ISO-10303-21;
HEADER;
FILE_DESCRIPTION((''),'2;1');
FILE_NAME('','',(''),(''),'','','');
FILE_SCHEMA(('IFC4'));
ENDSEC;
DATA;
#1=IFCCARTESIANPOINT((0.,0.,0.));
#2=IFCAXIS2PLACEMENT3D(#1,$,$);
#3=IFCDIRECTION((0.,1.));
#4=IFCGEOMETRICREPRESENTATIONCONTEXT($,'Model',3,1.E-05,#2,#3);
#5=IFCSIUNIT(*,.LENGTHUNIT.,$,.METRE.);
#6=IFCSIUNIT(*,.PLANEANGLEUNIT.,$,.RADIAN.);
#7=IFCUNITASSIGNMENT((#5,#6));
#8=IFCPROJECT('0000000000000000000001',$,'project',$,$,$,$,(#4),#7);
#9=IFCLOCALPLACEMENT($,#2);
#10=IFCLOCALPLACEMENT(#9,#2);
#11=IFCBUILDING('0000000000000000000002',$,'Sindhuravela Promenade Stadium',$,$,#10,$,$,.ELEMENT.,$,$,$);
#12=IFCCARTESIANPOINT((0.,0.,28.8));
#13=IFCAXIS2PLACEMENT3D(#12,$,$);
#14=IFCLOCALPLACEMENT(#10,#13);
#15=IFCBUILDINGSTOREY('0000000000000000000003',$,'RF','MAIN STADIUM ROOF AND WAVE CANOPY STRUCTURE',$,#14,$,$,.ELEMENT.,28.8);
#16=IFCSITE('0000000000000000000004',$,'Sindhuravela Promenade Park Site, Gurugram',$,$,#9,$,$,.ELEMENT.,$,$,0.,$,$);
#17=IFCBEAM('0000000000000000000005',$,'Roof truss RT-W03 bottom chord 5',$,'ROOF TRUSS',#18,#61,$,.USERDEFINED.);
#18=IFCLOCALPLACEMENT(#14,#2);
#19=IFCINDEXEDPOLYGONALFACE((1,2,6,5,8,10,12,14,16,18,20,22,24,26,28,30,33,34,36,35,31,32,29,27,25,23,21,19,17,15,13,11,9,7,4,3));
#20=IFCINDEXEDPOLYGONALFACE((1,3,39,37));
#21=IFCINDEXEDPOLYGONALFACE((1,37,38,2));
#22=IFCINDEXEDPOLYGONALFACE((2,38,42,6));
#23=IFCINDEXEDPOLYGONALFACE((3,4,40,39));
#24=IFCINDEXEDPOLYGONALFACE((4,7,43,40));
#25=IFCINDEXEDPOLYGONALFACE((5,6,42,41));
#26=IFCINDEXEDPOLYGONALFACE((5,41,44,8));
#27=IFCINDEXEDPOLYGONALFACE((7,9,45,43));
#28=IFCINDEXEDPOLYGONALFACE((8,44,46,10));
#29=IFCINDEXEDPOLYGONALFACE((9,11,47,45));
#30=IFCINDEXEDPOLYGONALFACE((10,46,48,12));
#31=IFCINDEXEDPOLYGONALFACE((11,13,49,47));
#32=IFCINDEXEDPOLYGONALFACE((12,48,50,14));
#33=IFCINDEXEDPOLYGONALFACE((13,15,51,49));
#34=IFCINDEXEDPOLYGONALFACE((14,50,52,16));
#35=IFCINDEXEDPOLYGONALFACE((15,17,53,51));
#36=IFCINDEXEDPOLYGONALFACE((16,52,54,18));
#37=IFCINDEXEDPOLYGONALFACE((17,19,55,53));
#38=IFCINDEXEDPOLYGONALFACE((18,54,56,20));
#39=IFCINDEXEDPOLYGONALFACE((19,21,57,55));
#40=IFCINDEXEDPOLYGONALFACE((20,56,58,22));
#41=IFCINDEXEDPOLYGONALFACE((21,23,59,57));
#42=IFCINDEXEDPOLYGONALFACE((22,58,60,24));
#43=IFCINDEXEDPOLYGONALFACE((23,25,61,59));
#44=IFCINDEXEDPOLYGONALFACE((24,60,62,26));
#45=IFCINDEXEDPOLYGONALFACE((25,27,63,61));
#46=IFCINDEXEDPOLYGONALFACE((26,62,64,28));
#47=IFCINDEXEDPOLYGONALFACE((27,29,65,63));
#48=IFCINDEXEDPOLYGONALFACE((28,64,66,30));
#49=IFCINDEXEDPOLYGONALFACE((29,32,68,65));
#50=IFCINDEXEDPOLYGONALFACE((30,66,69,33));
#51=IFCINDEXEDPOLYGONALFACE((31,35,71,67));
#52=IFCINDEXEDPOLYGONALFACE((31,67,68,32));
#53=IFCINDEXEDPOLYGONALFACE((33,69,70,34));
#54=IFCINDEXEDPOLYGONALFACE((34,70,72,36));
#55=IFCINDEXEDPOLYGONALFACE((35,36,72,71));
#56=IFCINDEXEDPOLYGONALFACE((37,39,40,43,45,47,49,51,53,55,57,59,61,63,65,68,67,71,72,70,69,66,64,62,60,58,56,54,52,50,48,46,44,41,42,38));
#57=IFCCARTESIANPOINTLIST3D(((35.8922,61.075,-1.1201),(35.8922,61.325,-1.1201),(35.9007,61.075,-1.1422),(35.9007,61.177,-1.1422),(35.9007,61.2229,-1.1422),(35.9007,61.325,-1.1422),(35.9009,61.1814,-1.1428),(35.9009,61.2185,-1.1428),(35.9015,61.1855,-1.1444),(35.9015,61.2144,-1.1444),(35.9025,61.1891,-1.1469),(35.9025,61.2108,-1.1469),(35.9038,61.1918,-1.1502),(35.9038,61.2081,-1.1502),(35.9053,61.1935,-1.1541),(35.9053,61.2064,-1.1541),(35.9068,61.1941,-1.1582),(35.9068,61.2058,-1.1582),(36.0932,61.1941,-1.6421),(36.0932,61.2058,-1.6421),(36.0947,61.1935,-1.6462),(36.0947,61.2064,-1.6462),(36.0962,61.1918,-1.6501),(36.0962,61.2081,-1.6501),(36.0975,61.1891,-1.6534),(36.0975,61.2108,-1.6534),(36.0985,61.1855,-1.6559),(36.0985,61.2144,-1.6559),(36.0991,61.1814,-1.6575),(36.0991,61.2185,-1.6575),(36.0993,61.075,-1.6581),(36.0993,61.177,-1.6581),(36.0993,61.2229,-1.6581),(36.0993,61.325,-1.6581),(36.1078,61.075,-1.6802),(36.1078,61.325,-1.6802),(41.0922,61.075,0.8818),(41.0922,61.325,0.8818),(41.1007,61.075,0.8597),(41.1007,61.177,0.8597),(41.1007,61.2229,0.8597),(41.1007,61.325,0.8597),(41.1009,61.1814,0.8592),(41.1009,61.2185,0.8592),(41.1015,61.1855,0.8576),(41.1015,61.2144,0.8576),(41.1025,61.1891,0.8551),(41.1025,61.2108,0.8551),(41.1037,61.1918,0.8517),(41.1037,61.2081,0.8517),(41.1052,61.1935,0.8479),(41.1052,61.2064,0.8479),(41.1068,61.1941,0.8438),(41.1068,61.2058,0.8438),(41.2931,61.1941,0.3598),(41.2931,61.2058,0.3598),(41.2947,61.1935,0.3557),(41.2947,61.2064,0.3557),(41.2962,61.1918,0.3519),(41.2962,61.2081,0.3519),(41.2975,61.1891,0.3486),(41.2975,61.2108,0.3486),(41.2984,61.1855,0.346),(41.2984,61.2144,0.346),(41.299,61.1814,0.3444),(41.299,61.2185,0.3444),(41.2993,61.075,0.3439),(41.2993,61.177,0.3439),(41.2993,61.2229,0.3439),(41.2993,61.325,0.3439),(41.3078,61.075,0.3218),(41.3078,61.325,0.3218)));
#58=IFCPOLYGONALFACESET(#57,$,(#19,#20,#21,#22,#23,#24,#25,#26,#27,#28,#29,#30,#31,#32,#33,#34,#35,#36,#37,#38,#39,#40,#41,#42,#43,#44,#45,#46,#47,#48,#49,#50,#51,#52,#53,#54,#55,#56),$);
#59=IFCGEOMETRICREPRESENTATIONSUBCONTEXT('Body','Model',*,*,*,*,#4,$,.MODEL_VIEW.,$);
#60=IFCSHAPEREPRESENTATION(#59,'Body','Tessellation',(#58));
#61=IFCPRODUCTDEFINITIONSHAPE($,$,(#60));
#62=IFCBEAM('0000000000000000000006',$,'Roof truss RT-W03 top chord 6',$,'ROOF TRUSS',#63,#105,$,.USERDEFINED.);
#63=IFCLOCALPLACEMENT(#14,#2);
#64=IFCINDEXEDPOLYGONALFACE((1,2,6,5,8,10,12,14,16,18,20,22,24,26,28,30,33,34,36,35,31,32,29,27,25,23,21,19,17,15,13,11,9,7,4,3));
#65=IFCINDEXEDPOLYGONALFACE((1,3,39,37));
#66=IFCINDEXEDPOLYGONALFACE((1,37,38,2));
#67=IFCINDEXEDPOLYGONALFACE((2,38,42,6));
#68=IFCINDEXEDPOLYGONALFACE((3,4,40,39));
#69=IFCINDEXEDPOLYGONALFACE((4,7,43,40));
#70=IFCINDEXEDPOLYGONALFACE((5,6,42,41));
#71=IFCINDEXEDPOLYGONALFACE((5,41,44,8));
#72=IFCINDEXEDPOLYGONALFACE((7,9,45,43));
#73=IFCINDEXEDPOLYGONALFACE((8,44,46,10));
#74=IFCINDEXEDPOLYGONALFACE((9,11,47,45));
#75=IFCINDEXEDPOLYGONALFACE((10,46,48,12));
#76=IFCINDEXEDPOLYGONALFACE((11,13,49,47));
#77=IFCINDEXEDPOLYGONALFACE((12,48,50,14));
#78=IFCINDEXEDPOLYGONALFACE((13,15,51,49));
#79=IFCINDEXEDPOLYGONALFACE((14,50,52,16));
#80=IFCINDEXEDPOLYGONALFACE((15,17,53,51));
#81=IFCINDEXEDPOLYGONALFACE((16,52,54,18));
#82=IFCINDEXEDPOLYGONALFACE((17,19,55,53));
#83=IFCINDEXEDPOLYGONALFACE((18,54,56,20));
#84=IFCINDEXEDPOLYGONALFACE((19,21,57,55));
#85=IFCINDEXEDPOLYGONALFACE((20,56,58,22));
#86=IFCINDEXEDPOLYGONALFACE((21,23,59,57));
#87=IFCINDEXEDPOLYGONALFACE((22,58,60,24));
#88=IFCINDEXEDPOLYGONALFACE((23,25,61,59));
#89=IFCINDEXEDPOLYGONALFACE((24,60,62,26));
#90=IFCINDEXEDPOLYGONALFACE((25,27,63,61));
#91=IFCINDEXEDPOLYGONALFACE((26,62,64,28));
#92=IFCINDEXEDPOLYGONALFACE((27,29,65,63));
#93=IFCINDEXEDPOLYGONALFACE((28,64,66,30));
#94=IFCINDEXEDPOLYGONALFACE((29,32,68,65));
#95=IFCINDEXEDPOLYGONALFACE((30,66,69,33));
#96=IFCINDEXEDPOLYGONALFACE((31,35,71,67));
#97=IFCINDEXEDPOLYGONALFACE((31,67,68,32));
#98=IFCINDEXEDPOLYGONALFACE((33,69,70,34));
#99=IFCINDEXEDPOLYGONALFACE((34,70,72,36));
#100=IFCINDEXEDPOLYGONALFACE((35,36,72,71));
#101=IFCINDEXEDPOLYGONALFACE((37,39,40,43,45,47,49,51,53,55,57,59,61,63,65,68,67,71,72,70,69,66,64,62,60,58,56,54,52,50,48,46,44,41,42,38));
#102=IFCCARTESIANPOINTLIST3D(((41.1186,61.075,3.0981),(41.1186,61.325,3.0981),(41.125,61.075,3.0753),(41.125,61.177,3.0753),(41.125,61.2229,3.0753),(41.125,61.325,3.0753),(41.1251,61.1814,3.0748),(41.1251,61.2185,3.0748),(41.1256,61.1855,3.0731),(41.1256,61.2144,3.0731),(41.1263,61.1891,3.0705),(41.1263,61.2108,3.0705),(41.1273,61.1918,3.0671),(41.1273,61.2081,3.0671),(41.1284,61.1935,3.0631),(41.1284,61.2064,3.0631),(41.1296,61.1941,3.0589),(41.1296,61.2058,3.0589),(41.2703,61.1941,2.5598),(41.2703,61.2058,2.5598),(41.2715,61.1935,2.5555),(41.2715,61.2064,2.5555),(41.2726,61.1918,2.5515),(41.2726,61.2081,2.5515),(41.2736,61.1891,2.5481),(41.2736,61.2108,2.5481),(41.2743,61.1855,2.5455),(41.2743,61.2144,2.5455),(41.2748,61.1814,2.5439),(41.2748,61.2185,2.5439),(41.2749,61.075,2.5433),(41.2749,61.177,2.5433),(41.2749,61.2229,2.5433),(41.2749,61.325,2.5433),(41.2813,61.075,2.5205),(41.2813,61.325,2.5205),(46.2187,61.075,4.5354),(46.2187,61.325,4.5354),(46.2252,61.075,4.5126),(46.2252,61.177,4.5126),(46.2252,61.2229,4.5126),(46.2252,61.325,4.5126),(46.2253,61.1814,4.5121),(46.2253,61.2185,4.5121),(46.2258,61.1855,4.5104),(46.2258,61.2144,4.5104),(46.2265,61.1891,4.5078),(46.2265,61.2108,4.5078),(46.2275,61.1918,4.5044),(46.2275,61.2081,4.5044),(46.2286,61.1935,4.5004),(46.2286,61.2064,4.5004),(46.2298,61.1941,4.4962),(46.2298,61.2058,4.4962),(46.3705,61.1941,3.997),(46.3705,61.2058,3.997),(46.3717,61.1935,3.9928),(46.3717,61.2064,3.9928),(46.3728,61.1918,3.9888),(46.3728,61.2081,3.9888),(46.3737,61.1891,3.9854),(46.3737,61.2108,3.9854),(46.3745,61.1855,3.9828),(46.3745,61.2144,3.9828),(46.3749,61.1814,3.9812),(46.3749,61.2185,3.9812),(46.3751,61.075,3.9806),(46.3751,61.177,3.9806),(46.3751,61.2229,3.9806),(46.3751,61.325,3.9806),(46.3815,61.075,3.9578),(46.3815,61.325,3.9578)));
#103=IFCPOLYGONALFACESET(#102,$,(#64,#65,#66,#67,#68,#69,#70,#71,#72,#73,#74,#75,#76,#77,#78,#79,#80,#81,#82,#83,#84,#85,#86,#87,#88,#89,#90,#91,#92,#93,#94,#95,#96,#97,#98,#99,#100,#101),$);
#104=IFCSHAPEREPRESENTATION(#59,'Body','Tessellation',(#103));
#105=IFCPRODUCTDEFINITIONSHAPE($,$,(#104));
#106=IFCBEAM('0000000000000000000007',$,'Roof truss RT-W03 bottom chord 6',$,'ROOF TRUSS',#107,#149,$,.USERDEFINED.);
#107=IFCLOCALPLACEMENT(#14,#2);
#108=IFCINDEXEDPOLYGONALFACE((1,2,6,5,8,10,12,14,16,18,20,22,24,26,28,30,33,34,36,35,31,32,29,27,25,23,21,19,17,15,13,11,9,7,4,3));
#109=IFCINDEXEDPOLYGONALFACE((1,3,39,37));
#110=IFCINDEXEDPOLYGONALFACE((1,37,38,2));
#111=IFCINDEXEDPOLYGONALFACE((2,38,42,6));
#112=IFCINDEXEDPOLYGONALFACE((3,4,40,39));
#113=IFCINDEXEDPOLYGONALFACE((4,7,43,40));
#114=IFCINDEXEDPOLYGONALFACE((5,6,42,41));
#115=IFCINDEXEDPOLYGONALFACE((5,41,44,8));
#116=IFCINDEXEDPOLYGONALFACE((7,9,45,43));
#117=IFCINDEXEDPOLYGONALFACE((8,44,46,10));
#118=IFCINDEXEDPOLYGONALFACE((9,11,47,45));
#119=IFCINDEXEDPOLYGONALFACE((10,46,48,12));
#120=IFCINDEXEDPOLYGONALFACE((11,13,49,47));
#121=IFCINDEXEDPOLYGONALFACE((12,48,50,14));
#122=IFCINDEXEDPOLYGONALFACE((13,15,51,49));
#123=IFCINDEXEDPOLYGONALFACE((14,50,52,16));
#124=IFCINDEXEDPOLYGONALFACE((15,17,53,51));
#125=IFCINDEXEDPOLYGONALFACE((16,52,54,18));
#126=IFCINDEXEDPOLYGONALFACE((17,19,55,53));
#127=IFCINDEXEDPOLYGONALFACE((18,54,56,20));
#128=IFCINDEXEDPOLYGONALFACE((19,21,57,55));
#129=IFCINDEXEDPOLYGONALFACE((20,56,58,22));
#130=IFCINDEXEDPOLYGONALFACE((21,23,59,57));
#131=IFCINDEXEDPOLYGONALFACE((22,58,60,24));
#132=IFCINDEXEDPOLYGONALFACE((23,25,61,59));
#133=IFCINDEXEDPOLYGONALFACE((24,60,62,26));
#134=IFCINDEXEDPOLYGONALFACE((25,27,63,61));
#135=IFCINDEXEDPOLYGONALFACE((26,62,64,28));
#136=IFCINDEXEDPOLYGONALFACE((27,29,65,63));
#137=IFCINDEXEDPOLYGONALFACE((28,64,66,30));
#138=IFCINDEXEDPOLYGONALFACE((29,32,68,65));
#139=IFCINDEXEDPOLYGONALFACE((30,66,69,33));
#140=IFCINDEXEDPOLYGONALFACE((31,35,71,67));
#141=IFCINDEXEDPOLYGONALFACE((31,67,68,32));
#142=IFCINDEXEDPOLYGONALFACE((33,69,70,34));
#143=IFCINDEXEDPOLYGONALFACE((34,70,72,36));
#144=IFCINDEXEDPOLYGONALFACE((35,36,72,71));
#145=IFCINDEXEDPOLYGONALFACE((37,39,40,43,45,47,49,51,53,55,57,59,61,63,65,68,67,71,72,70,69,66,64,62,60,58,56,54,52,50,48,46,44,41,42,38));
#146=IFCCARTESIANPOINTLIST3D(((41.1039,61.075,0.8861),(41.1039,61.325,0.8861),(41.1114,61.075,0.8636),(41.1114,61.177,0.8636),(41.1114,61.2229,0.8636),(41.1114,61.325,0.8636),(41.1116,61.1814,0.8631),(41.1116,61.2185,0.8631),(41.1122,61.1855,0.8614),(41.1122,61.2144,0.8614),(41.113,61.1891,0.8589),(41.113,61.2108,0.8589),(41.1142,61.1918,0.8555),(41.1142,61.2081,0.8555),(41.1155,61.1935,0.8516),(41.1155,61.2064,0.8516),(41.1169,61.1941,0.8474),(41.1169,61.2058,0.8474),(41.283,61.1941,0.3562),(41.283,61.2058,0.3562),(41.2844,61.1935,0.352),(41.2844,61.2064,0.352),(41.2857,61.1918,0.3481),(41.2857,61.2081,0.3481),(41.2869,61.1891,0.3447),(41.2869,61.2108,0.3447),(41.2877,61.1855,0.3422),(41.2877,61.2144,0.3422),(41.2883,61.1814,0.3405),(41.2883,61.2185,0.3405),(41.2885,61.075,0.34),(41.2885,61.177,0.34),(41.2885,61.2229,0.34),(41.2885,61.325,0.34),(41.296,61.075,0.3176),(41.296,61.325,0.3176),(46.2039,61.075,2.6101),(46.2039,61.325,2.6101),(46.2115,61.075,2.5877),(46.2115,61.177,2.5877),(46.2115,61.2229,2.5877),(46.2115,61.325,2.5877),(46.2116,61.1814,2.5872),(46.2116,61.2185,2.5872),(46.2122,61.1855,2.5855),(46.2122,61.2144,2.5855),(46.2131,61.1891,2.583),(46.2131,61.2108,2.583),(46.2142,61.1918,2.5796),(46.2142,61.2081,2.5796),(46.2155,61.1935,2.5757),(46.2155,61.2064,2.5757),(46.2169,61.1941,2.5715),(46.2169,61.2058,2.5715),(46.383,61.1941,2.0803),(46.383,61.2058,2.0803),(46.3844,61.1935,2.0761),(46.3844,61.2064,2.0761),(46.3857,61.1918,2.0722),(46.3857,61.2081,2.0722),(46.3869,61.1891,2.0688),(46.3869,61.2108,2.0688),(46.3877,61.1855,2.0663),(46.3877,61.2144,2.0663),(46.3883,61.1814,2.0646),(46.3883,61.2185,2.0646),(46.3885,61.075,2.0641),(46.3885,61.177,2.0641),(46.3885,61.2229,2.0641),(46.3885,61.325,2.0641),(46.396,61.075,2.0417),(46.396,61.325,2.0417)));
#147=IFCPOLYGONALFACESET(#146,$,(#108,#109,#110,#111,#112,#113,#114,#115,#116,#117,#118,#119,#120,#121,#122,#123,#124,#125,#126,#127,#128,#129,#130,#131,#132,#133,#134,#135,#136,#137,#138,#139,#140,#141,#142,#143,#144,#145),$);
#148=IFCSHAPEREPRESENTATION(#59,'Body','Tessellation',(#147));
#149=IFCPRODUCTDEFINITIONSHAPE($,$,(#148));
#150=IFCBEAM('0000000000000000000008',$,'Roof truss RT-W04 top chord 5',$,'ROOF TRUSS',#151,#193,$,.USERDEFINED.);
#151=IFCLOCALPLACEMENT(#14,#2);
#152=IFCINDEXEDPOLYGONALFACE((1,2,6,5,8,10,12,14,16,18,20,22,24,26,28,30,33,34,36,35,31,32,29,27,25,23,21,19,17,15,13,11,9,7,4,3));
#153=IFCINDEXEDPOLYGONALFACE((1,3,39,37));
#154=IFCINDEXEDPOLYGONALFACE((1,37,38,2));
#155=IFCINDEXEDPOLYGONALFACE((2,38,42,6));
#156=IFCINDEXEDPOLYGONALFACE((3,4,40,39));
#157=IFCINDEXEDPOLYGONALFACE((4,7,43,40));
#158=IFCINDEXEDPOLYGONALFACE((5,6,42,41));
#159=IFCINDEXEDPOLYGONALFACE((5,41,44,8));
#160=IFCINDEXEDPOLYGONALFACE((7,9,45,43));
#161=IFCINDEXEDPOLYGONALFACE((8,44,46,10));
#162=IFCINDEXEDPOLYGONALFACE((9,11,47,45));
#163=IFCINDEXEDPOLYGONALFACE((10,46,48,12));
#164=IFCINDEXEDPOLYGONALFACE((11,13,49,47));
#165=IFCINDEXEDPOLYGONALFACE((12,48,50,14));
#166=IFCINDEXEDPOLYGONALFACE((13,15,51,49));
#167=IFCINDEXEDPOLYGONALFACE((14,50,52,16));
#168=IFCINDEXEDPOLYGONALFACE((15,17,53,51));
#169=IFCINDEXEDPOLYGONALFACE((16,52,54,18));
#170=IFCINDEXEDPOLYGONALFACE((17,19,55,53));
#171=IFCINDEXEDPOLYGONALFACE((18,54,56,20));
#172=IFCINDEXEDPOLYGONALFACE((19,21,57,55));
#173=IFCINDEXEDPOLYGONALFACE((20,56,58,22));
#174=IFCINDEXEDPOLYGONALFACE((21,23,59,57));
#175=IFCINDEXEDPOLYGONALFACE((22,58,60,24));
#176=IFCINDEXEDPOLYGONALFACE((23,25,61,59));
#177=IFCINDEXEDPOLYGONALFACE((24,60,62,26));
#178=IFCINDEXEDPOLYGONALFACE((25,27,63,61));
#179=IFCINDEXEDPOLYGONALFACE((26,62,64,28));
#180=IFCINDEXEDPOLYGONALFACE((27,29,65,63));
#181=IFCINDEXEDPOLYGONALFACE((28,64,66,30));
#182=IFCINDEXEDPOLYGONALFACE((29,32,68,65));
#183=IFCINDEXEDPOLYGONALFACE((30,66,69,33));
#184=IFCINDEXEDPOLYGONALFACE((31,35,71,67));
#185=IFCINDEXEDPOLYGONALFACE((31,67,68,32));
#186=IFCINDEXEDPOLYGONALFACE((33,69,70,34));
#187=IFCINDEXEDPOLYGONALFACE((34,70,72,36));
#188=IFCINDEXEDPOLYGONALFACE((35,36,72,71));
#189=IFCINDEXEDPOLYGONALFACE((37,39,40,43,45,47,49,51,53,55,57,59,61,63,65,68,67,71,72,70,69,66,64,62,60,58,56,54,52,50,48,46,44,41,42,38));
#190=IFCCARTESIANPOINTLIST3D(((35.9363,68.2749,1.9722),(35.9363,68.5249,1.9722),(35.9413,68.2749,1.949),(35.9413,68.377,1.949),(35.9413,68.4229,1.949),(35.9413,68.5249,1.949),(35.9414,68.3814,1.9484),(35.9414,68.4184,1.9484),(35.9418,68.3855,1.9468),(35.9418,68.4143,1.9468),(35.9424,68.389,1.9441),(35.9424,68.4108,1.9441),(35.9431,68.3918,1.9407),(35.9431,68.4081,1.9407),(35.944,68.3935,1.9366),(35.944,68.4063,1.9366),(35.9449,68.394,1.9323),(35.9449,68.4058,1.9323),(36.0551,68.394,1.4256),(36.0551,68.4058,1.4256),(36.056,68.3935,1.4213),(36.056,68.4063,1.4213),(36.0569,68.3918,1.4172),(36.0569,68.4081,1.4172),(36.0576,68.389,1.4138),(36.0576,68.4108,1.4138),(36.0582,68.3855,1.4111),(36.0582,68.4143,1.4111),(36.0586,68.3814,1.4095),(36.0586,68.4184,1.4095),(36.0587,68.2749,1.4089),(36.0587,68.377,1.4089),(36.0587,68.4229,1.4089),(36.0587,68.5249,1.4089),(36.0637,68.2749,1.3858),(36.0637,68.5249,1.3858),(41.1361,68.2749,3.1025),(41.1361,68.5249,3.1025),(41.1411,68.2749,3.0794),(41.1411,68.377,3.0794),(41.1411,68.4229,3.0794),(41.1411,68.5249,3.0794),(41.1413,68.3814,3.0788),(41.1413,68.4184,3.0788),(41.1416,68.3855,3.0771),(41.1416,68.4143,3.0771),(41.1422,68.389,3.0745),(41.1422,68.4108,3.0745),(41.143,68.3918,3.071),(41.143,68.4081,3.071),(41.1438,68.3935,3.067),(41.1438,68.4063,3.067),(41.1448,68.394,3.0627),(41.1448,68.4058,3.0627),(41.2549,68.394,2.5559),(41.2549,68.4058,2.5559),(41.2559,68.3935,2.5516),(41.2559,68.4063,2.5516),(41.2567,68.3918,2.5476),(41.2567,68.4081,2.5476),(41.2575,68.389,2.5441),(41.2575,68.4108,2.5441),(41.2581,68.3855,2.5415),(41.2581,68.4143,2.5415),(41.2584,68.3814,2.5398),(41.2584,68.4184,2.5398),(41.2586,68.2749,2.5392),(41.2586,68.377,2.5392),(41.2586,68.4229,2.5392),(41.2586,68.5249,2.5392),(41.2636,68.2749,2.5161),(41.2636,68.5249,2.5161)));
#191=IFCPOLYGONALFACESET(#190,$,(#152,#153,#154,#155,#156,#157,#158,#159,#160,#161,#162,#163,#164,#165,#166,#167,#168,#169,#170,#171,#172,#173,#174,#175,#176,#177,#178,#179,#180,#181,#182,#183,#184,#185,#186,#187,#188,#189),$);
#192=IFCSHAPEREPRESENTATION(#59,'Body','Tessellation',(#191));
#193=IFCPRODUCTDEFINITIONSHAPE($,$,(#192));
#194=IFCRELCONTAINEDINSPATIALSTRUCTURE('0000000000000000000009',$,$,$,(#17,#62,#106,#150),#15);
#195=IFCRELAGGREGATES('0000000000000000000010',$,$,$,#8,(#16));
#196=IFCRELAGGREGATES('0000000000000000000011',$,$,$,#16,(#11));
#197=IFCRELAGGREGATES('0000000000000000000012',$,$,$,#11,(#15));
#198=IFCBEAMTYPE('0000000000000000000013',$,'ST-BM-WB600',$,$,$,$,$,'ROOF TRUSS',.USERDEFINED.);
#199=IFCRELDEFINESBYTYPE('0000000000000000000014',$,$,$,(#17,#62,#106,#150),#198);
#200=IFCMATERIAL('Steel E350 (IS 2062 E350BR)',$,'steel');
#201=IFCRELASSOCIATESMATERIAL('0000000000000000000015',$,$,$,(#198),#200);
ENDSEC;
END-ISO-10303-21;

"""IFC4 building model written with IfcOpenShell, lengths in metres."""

from ifc_helpers import new_model, si_unit, direction, frame, origin, origin_2d, place, context, subcontext, project, spatial, i_section, extrude, material, material_profile, profile_set, type_object, element, save


model = new_model("IFC4")

# Units and contexts
model_context = context("Model", 3, precision=1e-05, world=origin(), true_north=direction((0.0, 1.0)))
body_context = subcontext(model_context, "Body", "Model", "MODEL_VIEW")
ifc_project = project(units=[si_unit("LENGTHUNIT", "METRE"), si_unit("PLANEANGLEUNIT", "RADIAN")], contexts=[model_context])

# Site, building, storey
site_placement = place(None, origin())
site = spatial("IfcSite", under=ifc_project, at=site_placement, Name="Sindhuravela Promenade Park Site, Gurugram", CompositionType="ELEMENT", RefElevation=0.0)
building_placement = place(site_placement, origin())
building = spatial("IfcBuilding", under=site, at=building_placement, Name="Sindhuravela Promenade Stadium", CompositionType="ELEMENT")
storey_placement = place(building_placement, frame((0.0, 0.0, 28.8)))
storey = spatial("IfcBuildingStorey", under=building, at=storey_placement, Name="RF", Description="MAIN STADIUM ROOF AND WAVE CANOPY STRUCTURE", CompositionType="ELEMENT", Elevation=28.8)

# Beams
ifc_material_1 = material(Name="Steel E350 (IS 2062 E350BR)", Category="steel")
ifc_material_profile_1 = material_profile(ifc_material_1, i_section(OverallWidth=0.25, OverallDepth=0.6001, WebThickness=0.0117, FlangeThickness=0.0237, FilletRadius=0.0171, at=origin_2d()), Name="ISWB 600")
ifc_profile_set_1 = profile_set([ifc_material_profile_1], Name="Steel E350 (IS 2062 E350BR)")
beam_type_1 = type_object("IfcBeamType", Name="ST-BM-WB600", ElementType="ROOF TRUSS", PredefinedType="USERDEFINED", material=ifc_profile_set_1)
beam_1_placement = place(storey_placement, frame((36.0, 61.2, -1.4001), z_axis=(0.933227, 0.0, 0.359287), x_axis=(0.0, 1.0, 0.0)))
element("IfcBeam", 1, at=beam_1_placement, inside=storey, type_object=beam_type_1, Name="Roof truss RT-W03 bottom chord 5", ObjectType="ROOF TRUSS", PredefinedType="USERDEFINED", context=body_context, shape_type="SweptSolid", body=[
    extrude(i_section(OverallWidth=0.25, OverallDepth=0.6001, WebThickness=0.0117, FlangeThickness=0.0237, FilletRadius=0.0171, at=origin_2d()), origin(), (0.0, 0.0, 1.0), 5.572),
])
beam_2_placement = place(storey_placement, frame((41.2, 61.2, 2.8093), z_axis=(0.96251, 0.0, 0.271245), x_axis=(0.0, 1.0, 0.0)))
element("IfcBeam", 2, at=beam_2_placement, inside=storey, type_object=beam_type_1, Name="Roof truss RT-W03 top chord 6", ObjectType="ROOF TRUSS", PredefinedType="USERDEFINED", context=body_context, shape_type="SweptSolid", body=[
    extrude(i_section(OverallWidth=0.25, OverallDepth=0.6001, WebThickness=0.0117, FlangeThickness=0.0237, FilletRadius=0.0171, at=origin_2d()), origin(), (0.0, 0.0, 1.0), 5.2988),
])
beam_3_placement = place(storey_placement, frame((41.2, 61.2, 0.6018), z_axis=(0.947332, 0.0, 0.320252), x_axis=(0.0, 1.0, 0.0)))
element("IfcBeam", 3, at=beam_3_placement, inside=storey, type_object=beam_type_1, Name="Roof truss RT-W03 bottom chord 6", ObjectType="ROOF TRUSS", PredefinedType="USERDEFINED", context=body_context, shape_type="SweptSolid", body=[
    extrude(i_section(OverallWidth=0.25, OverallDepth=0.6001, WebThickness=0.0117, FlangeThickness=0.0237, FilletRadius=0.0171, at=origin_2d()), origin(), (0.0, 0.0, 1.0), 5.3835),
])
beam_4_placement = place(storey_placement, frame((36.0, 68.3999, 1.679), z_axis=(0.977178, 0.0, 0.21242), x_axis=(0.0, 1.0, 0.0)))
element("IfcBeam", 4, at=beam_4_placement, inside=storey, type_object=beam_type_1, Name="Roof truss RT-W04 top chord 5", ObjectType="ROOF TRUSS", PredefinedType="USERDEFINED", context=body_context, shape_type="SweptSolid", body=[
    extrude(i_section(OverallWidth=0.25, OverallDepth=0.6001, WebThickness=0.0117, FlangeThickness=0.0237, FilletRadius=0.0171, at=origin_2d()), origin(), (0.0, 0.0, 1.0), 5.3213),
])

save(model, "model.ifc")
